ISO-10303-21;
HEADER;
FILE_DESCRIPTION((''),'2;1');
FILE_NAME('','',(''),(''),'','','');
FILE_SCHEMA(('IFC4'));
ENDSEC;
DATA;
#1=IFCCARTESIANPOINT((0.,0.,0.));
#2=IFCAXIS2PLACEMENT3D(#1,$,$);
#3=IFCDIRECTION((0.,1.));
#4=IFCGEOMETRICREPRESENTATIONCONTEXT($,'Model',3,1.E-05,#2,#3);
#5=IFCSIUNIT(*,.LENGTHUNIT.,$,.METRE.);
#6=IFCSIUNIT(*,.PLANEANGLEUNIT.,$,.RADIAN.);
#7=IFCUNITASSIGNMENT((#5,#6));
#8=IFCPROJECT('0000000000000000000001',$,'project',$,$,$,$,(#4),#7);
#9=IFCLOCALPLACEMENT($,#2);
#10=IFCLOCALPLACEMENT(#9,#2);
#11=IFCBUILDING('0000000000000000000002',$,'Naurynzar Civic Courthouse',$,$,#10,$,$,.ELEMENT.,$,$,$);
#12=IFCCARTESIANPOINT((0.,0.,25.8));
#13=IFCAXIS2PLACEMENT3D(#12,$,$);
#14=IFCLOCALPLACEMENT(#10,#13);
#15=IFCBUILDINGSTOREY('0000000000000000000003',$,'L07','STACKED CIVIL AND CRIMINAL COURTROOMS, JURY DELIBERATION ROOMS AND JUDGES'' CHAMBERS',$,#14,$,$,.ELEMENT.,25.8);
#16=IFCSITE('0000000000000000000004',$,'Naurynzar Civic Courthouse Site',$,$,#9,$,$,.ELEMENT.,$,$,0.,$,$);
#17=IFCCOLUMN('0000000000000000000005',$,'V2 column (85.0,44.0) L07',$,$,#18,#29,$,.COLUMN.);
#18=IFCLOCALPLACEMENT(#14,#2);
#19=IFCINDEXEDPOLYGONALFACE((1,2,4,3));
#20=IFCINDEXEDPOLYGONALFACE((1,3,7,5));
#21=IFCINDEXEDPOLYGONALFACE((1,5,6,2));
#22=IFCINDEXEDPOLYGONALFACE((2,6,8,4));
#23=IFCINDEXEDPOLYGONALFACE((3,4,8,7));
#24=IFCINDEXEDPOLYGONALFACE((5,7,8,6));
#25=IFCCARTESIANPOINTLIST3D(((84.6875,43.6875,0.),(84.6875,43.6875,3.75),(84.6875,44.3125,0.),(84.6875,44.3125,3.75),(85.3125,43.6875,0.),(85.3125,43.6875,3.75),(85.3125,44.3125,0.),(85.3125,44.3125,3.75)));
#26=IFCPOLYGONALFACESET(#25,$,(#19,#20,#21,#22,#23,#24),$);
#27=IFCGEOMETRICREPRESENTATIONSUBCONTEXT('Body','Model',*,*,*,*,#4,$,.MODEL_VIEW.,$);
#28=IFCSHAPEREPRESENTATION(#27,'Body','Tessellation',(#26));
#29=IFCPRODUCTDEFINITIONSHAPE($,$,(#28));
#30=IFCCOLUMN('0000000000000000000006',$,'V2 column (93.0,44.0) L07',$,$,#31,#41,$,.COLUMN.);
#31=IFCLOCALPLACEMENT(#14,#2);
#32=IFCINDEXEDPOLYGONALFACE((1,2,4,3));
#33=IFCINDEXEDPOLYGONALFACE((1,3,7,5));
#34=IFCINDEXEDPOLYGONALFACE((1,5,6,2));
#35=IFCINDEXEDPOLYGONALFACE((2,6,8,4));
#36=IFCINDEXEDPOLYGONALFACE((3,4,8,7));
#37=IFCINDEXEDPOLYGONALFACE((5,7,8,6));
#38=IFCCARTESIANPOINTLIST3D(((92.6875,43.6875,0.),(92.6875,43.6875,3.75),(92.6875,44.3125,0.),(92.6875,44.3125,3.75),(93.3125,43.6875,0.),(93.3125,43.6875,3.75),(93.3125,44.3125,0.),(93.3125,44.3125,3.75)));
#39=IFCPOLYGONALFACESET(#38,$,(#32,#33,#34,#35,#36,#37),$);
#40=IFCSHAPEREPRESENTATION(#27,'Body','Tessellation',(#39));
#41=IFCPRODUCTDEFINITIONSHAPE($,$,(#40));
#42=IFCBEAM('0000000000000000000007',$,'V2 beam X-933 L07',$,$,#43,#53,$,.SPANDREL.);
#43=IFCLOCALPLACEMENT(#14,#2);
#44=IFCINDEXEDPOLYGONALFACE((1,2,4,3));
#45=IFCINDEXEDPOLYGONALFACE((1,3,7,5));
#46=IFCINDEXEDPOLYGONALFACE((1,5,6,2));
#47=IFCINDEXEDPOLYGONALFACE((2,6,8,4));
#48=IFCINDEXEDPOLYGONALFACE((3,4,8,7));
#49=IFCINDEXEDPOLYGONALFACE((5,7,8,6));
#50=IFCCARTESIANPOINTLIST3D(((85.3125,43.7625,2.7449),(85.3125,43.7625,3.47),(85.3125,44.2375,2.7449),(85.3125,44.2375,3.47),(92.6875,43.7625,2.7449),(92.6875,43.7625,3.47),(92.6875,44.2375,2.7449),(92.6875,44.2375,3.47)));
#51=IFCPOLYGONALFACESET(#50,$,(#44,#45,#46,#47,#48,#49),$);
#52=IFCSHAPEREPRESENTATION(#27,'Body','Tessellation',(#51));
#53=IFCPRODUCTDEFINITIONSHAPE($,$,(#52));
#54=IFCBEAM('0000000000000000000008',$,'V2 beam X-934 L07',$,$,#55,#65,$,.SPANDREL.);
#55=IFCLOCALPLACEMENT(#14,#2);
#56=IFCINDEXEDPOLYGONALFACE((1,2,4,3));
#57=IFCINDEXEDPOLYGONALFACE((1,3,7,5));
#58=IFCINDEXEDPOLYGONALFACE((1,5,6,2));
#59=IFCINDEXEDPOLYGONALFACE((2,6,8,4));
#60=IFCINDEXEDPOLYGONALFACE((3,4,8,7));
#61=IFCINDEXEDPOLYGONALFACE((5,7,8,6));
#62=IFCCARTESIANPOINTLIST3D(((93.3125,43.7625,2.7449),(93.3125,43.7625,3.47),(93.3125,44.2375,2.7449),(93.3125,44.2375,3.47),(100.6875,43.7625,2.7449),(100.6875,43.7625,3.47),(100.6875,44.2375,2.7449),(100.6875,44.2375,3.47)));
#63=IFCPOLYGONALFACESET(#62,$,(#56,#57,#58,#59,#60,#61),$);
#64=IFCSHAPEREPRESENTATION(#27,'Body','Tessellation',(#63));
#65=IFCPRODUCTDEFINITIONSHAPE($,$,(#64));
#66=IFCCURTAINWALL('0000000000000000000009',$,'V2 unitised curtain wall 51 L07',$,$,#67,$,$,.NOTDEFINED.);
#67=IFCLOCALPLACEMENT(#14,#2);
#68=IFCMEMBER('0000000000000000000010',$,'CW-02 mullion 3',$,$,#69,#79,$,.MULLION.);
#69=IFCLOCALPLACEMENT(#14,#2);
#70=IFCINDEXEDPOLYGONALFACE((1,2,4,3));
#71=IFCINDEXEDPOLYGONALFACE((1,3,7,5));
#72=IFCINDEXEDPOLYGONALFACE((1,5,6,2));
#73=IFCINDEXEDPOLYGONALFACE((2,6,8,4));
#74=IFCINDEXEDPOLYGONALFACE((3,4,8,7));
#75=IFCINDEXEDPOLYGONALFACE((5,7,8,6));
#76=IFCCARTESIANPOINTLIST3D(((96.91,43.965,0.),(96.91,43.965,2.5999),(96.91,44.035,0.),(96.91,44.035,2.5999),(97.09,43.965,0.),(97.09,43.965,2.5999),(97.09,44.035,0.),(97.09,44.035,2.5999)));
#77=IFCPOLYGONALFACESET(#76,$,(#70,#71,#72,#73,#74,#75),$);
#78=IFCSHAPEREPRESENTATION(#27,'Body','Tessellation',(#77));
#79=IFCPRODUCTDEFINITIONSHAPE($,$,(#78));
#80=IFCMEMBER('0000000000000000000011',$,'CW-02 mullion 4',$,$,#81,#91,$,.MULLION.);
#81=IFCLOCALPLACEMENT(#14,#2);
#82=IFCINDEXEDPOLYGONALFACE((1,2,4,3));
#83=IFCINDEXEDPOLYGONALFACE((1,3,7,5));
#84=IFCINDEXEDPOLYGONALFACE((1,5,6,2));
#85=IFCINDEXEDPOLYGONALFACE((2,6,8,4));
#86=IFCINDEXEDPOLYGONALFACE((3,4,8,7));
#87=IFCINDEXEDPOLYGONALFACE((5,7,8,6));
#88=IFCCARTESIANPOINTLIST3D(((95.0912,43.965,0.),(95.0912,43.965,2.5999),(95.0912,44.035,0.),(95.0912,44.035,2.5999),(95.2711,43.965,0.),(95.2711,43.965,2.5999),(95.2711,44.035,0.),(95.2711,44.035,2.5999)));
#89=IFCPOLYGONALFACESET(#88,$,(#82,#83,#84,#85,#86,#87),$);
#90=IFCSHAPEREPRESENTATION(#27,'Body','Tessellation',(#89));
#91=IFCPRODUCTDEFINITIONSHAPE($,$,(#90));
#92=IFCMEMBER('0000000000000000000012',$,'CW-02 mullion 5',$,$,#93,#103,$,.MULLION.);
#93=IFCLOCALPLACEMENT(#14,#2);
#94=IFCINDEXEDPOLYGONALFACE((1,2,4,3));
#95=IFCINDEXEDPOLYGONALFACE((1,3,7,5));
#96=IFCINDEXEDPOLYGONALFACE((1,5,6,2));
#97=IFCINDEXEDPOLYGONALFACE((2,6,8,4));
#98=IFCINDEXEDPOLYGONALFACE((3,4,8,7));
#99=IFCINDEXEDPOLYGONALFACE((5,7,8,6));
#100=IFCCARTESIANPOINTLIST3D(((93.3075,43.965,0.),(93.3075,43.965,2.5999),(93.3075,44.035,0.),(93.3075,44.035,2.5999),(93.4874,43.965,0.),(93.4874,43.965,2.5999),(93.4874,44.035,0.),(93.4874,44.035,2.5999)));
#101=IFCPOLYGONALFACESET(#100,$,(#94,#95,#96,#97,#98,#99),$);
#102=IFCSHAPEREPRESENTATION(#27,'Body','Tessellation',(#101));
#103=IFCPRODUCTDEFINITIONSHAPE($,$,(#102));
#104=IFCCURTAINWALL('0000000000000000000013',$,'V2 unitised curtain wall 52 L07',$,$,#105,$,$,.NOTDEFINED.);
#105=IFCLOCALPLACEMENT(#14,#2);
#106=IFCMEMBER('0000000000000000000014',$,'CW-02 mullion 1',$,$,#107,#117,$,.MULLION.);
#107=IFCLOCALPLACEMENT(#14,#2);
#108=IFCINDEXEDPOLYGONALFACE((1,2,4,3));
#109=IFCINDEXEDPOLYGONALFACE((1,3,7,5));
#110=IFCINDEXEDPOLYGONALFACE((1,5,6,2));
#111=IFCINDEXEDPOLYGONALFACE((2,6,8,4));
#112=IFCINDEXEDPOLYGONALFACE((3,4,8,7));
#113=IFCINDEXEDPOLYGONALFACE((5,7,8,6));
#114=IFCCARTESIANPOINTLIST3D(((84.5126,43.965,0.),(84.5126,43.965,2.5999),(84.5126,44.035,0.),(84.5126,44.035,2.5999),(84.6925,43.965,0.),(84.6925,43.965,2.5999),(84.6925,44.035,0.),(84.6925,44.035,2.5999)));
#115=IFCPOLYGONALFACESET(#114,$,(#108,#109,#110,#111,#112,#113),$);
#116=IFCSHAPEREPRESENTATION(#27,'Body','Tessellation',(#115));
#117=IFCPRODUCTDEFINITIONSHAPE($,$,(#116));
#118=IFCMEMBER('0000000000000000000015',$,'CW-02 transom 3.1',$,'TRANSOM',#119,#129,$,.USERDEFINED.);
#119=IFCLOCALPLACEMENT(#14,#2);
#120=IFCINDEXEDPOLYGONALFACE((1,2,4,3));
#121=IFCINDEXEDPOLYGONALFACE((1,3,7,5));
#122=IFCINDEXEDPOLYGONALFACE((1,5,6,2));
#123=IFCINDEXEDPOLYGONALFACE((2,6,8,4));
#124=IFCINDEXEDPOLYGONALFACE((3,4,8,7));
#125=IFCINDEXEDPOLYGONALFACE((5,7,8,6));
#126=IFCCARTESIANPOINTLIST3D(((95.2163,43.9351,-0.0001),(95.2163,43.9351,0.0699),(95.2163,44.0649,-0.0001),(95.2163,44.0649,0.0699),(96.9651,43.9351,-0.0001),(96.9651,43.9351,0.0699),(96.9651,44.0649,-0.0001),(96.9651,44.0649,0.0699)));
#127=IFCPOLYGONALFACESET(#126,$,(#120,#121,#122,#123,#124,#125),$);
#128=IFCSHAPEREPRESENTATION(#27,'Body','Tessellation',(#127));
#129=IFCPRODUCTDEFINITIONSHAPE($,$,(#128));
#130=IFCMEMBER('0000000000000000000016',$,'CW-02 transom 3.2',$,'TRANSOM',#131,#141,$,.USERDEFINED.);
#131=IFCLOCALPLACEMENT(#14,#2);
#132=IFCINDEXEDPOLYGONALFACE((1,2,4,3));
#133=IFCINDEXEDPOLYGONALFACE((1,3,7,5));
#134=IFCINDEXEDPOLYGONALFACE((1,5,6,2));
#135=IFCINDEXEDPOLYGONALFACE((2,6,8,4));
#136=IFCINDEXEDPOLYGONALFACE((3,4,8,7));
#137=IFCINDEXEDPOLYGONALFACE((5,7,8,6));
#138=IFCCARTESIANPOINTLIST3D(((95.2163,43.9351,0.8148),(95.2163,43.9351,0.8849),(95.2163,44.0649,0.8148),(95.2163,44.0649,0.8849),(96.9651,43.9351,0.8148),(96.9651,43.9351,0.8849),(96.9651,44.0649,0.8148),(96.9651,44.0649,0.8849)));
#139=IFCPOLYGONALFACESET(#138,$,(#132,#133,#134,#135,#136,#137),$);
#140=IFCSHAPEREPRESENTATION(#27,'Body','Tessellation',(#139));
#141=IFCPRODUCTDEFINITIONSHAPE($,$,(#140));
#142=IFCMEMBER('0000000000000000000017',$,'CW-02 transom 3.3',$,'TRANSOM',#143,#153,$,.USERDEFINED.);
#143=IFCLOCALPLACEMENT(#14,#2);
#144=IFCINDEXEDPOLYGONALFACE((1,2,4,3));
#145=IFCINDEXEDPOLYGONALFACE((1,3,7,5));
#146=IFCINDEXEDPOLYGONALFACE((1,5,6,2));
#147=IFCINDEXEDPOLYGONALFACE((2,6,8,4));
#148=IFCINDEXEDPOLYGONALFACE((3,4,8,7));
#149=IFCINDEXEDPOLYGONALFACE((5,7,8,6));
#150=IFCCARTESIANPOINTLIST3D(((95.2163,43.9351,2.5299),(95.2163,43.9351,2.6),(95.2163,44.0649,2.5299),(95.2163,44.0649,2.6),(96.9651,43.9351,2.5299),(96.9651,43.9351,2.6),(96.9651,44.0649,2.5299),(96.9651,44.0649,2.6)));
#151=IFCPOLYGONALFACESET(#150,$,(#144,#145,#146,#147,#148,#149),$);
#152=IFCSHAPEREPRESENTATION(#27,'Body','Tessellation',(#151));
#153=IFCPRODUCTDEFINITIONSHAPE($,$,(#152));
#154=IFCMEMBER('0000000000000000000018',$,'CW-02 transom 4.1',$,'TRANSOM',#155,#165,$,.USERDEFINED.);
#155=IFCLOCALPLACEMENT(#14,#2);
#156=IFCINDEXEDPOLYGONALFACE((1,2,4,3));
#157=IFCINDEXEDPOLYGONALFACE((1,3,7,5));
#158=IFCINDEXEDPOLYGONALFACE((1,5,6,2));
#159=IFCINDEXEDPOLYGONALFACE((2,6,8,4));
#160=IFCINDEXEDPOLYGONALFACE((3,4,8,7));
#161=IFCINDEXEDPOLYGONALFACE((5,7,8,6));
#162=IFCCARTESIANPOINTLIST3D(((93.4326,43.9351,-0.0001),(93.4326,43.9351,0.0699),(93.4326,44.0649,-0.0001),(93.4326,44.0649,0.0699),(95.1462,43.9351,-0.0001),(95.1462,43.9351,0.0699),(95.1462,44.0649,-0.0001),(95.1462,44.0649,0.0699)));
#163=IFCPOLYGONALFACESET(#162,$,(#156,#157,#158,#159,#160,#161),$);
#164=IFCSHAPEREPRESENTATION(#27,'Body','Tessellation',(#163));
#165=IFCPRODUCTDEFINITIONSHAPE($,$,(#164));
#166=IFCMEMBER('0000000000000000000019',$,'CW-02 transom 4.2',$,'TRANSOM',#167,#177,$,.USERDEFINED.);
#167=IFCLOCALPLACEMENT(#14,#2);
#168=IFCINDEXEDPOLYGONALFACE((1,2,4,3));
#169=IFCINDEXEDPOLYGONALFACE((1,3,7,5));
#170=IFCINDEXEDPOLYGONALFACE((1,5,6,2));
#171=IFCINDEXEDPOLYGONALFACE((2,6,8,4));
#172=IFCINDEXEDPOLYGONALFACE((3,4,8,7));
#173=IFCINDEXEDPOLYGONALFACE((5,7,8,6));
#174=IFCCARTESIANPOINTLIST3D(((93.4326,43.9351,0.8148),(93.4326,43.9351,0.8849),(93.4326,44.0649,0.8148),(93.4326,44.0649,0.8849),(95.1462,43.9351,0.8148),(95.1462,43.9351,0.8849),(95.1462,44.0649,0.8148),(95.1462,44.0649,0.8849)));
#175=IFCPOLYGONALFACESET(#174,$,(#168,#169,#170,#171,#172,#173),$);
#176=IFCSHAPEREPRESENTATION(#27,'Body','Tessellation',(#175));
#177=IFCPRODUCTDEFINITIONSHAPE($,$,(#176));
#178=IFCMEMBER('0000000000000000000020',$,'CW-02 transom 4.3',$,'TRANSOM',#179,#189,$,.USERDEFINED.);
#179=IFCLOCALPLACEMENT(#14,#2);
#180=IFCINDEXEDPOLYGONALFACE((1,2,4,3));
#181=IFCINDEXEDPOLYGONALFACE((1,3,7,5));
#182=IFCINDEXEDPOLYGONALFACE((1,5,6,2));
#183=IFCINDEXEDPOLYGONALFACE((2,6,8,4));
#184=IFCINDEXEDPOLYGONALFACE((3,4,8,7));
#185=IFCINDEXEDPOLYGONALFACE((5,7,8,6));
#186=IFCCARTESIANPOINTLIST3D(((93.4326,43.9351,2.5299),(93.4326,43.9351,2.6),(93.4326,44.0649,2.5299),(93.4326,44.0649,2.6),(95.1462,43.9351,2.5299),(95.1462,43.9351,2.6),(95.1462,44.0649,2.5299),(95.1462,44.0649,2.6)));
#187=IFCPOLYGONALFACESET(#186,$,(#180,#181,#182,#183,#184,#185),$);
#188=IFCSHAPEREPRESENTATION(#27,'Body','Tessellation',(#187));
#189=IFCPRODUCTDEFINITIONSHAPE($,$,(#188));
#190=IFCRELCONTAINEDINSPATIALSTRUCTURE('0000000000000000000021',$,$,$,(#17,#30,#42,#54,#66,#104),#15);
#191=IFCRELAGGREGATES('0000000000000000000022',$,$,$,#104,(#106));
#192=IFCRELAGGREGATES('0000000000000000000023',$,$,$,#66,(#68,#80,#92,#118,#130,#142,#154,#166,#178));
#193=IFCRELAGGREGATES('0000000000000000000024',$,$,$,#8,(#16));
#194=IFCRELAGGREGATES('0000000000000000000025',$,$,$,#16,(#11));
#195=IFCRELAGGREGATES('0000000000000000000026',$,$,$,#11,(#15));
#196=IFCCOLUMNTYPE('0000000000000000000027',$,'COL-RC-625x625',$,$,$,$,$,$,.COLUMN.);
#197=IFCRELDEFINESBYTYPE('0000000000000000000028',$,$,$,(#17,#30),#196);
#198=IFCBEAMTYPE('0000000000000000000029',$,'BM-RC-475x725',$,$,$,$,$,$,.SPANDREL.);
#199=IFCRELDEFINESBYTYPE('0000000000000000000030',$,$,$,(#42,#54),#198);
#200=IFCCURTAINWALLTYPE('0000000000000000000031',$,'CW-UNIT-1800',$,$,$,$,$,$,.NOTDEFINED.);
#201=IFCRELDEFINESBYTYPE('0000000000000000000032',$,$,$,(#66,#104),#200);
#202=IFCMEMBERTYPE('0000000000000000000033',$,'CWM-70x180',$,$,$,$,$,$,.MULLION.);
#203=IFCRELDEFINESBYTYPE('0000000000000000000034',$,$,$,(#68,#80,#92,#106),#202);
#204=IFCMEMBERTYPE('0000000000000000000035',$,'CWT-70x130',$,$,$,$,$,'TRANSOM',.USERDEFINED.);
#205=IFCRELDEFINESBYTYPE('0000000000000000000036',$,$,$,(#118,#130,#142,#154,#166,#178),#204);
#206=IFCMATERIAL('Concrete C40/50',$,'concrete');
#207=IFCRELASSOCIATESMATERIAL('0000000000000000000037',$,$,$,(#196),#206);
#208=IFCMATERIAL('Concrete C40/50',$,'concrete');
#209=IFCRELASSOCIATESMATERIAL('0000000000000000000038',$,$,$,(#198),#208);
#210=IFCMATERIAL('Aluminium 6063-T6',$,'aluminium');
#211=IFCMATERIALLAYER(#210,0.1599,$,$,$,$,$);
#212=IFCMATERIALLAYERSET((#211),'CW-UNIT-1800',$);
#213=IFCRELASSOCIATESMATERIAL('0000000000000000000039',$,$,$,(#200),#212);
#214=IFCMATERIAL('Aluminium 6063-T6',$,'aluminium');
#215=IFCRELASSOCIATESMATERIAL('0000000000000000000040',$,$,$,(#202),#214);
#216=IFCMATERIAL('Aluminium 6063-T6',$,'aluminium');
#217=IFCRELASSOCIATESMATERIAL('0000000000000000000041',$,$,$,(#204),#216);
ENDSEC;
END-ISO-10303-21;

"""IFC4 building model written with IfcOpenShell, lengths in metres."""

from ifc_helpers import new_model, si_unit, direction, frame, origin, origin_2d, place, context, subcontext, project, spatial, rectangle, extrude, material, layer, layer_set, material_profile, profile_set, type_object, element, aggregate, save


model = new_model("IFC4")

# Units and contexts
model_context = context("Model", 3, precision=1e-05, world=origin(), true_north=direction((0.0, 1.0)))
body_context = subcontext(model_context, "Body", "Model", "MODEL_VIEW")
ifc_project = project(units=[si_unit("LENGTHUNIT", "METRE"), si_unit("PLANEANGLEUNIT", "RADIAN")], contexts=[model_context])

# Site, building, storey
site_placement = place(None, origin())
site = spatial("IfcSite", under=ifc_project, at=site_placement, Name="Naurynzar Civic Courthouse Site", CompositionType="ELEMENT", RefElevation=0.0)
building_placement = place(site_placement, origin())
building = spatial("IfcBuilding", under=site, at=building_placement, Name="Naurynzar Civic Courthouse", CompositionType="ELEMENT")
storey_placement = place(building_placement, frame((0.0, 0.0, 25.8)))
storey = spatial("IfcBuildingStorey", under=building, at=storey_placement, Name="L07", Description="STACKED CIVIL AND CRIMINAL COURTROOMS, JURY DELIBERATION ROOMS AND JUDGES' CHAMBERS", CompositionType="ELEMENT", Elevation=25.8)

# Columns
ifc_material_1 = material(Name="Concrete C40/50", Category="concrete")
ifc_material_profile_1 = material_profile(ifc_material_1, rectangle(XDim=0.625, YDim=0.625, at=origin_2d()), Name="RC 625x625")
ifc_profile_set_1 = profile_set([ifc_material_profile_1], Name="Concrete C40/50")
column_type = type_object("IfcColumnType", Name="COL-RC-625x625", PredefinedType="COLUMN", material=ifc_profile_set_1)
for number, where, z_axis, x_axis, name in (
    (1, (85.0, 44.0, 0.0), (0.0, 0.0, 1.0), (1.0, 0.0, 0.0), "V2 column (85.0,44.0) L07"),
    (2, (93.0, 44.0, 0.0), (0.0, 0.0, 1.0), (1.0, 0.0, 0.0), "V2 column (93.0,44.0) L07"),
):
    element("IfcColumn", number, at=place(storey_placement, frame(where, z_axis=z_axis, x_axis=x_axis)), inside=storey, type_object=column_type, Name=name, PredefinedType="COLUMN", context=body_context, shape_type="SweptSolid", body=[
        extrude(rectangle(XDim=0.625, YDim=0.625, at=origin_2d()), origin(), (0.0, 0.0, 1.0), 3.75),
    ])

# Beams
ifc_material_2 = material(Name="Concrete C40/50", Category="concrete")
ifc_material_profile_2 = material_profile(ifc_material_2, rectangle(XDim=0.4751, YDim=0.7251, at=origin_2d()), Name="RCB 475x725")
ifc_profile_set_2 = profile_set([ifc_material_profile_2], Name="Concrete C40/50")
beam_type = type_object("IfcBeamType", Name="BM-RC-475x725", PredefinedType="SPANDREL", material=ifc_profile_set_2)
for number, where, z_axis, x_axis, name in (
    (3, (85.3125, 44.0, 3.1074), (1.0, 0.0, 0.0), (0.0, 1.0, 0.0), "V2 beam X-933 L07"),
    (4, (93.3125, 44.0, 3.1074), (1.0, 0.0, 0.0), (0.0, 1.0, 0.0), "V2 beam X-934 L07"),
):
    element("IfcBeam", number, at=place(storey_placement, frame(where, z_axis=z_axis, x_axis=x_axis)), inside=storey, type_object=beam_type, Name=name, PredefinedType="SPANDREL", context=body_context, shape_type="SweptSolid", body=[
        extrude(rectangle(XDim=0.4751, YDim=0.7251, at=origin_2d()), origin(), (0.0, 0.0, 1.0), 7.375),
    ])

# Curtain wall, members
ifc_material_3 = material(Name="Aluminium 6063-T6", Category="aluminium")
ifc_layer_1 = layer(ifc_material_3, 0.1599)
ifc_layer_set_1 = layer_set([ifc_layer_1], Name="CW-UNIT-1800")
curtain_wall_type = type_object("IfcCurtainWallType", Name="CW-UNIT-1800", PredefinedType="NOTDEFINED", material=ifc_layer_set_1)
curtain_wall_1_placement = place(storey_placement, origin())
curtain_wall_1 = element("IfcCurtainWall", 5, at=curtain_wall_1_placement, inside=storey, type_object=curtain_wall_type, Name="V2 unitised curtain wall 51 L07", PredefinedType="NOTDEFINED")
ifc_material_4 = material(Name="Aluminium 6063-T6", Category="aluminium")
ifc_material_profile_3 = material_profile(ifc_material_4, rectangle(XDim=0.0701, YDim=0.1799, at=origin_2d()), Name="ALU MULLION 70x180")
ifc_profile_set_3 = profile_set([ifc_material_profile_3], Name="Aluminium 6063-T6")
member_type_1 = type_object("IfcMemberType", Name="CWM-70x180", PredefinedType="MULLION", material=ifc_profile_set_3)
member_1_placement = place(storey_placement, frame((97.0, 44.0, 0.0), z_axis=(0.0, 0.0, 1.0), x_axis=(0.0, -1.0, 0.0)))
member_1 = element("IfcMember", 6, at=member_1_placement, type_object=member_type_1, Name="CW-02 mullion 3", PredefinedType="MULLION", context=body_context, shape_type="SweptSolid", body=[
    extrude(rectangle(XDim=0.0701, YDim=0.1799, at=origin_2d()), origin(), (0.0, 0.0, 1.0), 2.5999),
])
member_2_placement = place(storey_placement, frame((95.1812, 44.0, 0.0), z_axis=(0.0, 0.0, 1.0), x_axis=(0.0, -1.0, 0.0)))
member_2 = element("IfcMember", 7, at=member_2_placement, type_object=member_type_1, Name="CW-02 mullion 4", PredefinedType="MULLION", context=body_context, shape_type="SweptSolid", body=[
    extrude(rectangle(XDim=0.0701, YDim=0.1799, at=origin_2d()), origin(), (0.0, 0.0, 1.0), 2.5999),
])
member_3_placement = place(storey_placement, frame((93.3975, 44.0, 0.0), z_axis=(0.0, 0.0, 1.0), x_axis=(0.0, -1.0, 0.0)))
member_3 = element("IfcMember", 8, at=member_3_placement, type_object=member_type_1, Name="CW-02 mullion 5", PredefinedType="MULLION", context=body_context, shape_type="SweptSolid", body=[
    extrude(rectangle(XDim=0.0701, YDim=0.1799, at=origin_2d()), origin(), (0.0, 0.0, 1.0), 2.5999),
])

# Curtain wall, member
curtain_wall_2_placement = place(storey_placement, origin())
curtain_wall_2 = element("IfcCurtainWall", 9, at=curtain_wall_2_placement, inside=storey, type_object=curtain_wall_type, Name="V2 unitised curtain wall 52 L07", PredefinedType="NOTDEFINED")
member_4_placement = place(storey_placement, frame((84.6025, 44.0, 0.0), z_axis=(0.0, 0.0, 1.0), x_axis=(0.0, -1.0, 0.0)))
member_4 = element("IfcMember", 10, at=member_4_placement, type_object=member_type_1, Name="CW-02 mullion 1", PredefinedType="MULLION", context=body_context, shape_type="SweptSolid", body=[
    extrude(rectangle(XDim=0.0701, YDim=0.1799, at=origin_2d()), origin(), (0.0, 0.0, 1.0), 2.5999),
])

# Members
ifc_material_5 = material(Name="Aluminium 6063-T6", Category="aluminium")
ifc_material_profile_4 = material_profile(ifc_material_5, rectangle(XDim=0.1299, YDim=0.0701, at=origin_2d()), Name="ALU TRANSOM 70x130")
ifc_profile_set_4 = profile_set([ifc_material_profile_4], Name="Aluminium 6063-T6")
member_type_2 = type_object("IfcMemberType", Name="CWT-70x130", ElementType="TRANSOM", PredefinedType="USERDEFINED", material=ifc_profile_set_4)
member_5_placement = place(storey_placement, frame((96.9651, 44.0, 0.0349), z_axis=(-1.0, 0.0, 0.0), x_axis=(0.0, -1.0, 0.0)))
member_5 = element("IfcMember", 11, at=member_5_placement, type_object=member_type_2, Name="CW-02 transom 3.1", ObjectType="TRANSOM", PredefinedType="USERDEFINED", context=body_context, shape_type="SweptSolid", body=[
    extrude(rectangle(XDim=0.1299, YDim=0.0701, at=origin_2d()), origin(), (0.0, 0.0, 1.0), 1.7488),
])
member_6_placement = place(storey_placement, frame((96.9651, 44.0, 0.8499), z_axis=(-1.0, 0.0, 0.0), x_axis=(0.0, -1.0, 0.0)))
member_6 = element("IfcMember", 12, at=member_6_placement, type_object=member_type_2, Name="CW-02 transom 3.2", ObjectType="TRANSOM", PredefinedType="USERDEFINED", context=body_context, shape_type="SweptSolid", body=[
    extrude(rectangle(XDim=0.1299, YDim=0.0701, at=origin_2d()), origin(), (0.0, 0.0, 1.0), 1.7488),
])
member_7_placement = place(storey_placement, frame((96.9651, 44.0, 2.5649), z_axis=(-1.0, 0.0, 0.0), x_axis=(0.0, -1.0, 0.0)))
member_7 = element("IfcMember", 13, at=member_7_placement, type_object=member_type_2, Name="CW-02 transom 3.3", ObjectType="TRANSOM", PredefinedType="USERDEFINED", context=body_context, shape_type="SweptSolid", body=[
    extrude(rectangle(XDim=0.1299, YDim=0.0701, at=origin_2d()), origin(), (0.0, 0.0, 1.0), 1.7488),
])
member_8_placement = place(storey_placement, frame((95.1462, 44.0, 0.0349), z_axis=(-1.0, 0.0, 0.0), x_axis=(0.0, -1.0, 0.0)))
member_8 = element("IfcMember", 14, at=member_8_placement, type_object=member_type_2, Name="CW-02 transom 4.1", ObjectType="TRANSOM", PredefinedType="USERDEFINED", context=body_context, shape_type="SweptSolid", body=[
    extrude(rectangle(XDim=0.1299, YDim=0.0701, at=origin_2d()), origin(), (0.0, 0.0, 1.0), 1.7136),
])
member_9_placement = place(storey_placement, frame((95.1462, 44.0, 0.8499), z_axis=(-1.0, 0.0, 0.0), x_axis=(0.0, -1.0, 0.0)))
member_9 = element("IfcMember", 15, at=member_9_placement, type_object=member_type_2, Name="CW-02 transom 4.2", ObjectType="TRANSOM", PredefinedType="USERDEFINED", context=body_context, shape_type="SweptSolid", body=[
    extrude(rectangle(XDim=0.1299, YDim=0.0701, at=origin_2d()), origin(), (0.0, 0.0, 1.0), 1.7136),
])
member_10_placement = place(storey_placement, frame((95.1462, 44.0, 2.5649), z_axis=(-1.0, 0.0, 0.0), x_axis=(0.0, -1.0, 0.0)))
member_10 = element("IfcMember", 16, at=member_10_placement, type_object=member_type_2, Name="CW-02 transom 4.3", ObjectType="TRANSOM", PredefinedType="USERDEFINED", context=body_context, shape_type="SweptSolid", body=[
    extrude(rectangle(XDim=0.1299, YDim=0.0701, at=origin_2d()), origin(), (0.0, 0.0, 1.0), 1.7136),
])
aggregate(curtain_wall_2, [member_4])

aggregate(curtain_wall_1, [member_1, member_2, member_3, member_5, member_6, member_7, member_8, member_9, member_10])

save(model, "model.ifc")
